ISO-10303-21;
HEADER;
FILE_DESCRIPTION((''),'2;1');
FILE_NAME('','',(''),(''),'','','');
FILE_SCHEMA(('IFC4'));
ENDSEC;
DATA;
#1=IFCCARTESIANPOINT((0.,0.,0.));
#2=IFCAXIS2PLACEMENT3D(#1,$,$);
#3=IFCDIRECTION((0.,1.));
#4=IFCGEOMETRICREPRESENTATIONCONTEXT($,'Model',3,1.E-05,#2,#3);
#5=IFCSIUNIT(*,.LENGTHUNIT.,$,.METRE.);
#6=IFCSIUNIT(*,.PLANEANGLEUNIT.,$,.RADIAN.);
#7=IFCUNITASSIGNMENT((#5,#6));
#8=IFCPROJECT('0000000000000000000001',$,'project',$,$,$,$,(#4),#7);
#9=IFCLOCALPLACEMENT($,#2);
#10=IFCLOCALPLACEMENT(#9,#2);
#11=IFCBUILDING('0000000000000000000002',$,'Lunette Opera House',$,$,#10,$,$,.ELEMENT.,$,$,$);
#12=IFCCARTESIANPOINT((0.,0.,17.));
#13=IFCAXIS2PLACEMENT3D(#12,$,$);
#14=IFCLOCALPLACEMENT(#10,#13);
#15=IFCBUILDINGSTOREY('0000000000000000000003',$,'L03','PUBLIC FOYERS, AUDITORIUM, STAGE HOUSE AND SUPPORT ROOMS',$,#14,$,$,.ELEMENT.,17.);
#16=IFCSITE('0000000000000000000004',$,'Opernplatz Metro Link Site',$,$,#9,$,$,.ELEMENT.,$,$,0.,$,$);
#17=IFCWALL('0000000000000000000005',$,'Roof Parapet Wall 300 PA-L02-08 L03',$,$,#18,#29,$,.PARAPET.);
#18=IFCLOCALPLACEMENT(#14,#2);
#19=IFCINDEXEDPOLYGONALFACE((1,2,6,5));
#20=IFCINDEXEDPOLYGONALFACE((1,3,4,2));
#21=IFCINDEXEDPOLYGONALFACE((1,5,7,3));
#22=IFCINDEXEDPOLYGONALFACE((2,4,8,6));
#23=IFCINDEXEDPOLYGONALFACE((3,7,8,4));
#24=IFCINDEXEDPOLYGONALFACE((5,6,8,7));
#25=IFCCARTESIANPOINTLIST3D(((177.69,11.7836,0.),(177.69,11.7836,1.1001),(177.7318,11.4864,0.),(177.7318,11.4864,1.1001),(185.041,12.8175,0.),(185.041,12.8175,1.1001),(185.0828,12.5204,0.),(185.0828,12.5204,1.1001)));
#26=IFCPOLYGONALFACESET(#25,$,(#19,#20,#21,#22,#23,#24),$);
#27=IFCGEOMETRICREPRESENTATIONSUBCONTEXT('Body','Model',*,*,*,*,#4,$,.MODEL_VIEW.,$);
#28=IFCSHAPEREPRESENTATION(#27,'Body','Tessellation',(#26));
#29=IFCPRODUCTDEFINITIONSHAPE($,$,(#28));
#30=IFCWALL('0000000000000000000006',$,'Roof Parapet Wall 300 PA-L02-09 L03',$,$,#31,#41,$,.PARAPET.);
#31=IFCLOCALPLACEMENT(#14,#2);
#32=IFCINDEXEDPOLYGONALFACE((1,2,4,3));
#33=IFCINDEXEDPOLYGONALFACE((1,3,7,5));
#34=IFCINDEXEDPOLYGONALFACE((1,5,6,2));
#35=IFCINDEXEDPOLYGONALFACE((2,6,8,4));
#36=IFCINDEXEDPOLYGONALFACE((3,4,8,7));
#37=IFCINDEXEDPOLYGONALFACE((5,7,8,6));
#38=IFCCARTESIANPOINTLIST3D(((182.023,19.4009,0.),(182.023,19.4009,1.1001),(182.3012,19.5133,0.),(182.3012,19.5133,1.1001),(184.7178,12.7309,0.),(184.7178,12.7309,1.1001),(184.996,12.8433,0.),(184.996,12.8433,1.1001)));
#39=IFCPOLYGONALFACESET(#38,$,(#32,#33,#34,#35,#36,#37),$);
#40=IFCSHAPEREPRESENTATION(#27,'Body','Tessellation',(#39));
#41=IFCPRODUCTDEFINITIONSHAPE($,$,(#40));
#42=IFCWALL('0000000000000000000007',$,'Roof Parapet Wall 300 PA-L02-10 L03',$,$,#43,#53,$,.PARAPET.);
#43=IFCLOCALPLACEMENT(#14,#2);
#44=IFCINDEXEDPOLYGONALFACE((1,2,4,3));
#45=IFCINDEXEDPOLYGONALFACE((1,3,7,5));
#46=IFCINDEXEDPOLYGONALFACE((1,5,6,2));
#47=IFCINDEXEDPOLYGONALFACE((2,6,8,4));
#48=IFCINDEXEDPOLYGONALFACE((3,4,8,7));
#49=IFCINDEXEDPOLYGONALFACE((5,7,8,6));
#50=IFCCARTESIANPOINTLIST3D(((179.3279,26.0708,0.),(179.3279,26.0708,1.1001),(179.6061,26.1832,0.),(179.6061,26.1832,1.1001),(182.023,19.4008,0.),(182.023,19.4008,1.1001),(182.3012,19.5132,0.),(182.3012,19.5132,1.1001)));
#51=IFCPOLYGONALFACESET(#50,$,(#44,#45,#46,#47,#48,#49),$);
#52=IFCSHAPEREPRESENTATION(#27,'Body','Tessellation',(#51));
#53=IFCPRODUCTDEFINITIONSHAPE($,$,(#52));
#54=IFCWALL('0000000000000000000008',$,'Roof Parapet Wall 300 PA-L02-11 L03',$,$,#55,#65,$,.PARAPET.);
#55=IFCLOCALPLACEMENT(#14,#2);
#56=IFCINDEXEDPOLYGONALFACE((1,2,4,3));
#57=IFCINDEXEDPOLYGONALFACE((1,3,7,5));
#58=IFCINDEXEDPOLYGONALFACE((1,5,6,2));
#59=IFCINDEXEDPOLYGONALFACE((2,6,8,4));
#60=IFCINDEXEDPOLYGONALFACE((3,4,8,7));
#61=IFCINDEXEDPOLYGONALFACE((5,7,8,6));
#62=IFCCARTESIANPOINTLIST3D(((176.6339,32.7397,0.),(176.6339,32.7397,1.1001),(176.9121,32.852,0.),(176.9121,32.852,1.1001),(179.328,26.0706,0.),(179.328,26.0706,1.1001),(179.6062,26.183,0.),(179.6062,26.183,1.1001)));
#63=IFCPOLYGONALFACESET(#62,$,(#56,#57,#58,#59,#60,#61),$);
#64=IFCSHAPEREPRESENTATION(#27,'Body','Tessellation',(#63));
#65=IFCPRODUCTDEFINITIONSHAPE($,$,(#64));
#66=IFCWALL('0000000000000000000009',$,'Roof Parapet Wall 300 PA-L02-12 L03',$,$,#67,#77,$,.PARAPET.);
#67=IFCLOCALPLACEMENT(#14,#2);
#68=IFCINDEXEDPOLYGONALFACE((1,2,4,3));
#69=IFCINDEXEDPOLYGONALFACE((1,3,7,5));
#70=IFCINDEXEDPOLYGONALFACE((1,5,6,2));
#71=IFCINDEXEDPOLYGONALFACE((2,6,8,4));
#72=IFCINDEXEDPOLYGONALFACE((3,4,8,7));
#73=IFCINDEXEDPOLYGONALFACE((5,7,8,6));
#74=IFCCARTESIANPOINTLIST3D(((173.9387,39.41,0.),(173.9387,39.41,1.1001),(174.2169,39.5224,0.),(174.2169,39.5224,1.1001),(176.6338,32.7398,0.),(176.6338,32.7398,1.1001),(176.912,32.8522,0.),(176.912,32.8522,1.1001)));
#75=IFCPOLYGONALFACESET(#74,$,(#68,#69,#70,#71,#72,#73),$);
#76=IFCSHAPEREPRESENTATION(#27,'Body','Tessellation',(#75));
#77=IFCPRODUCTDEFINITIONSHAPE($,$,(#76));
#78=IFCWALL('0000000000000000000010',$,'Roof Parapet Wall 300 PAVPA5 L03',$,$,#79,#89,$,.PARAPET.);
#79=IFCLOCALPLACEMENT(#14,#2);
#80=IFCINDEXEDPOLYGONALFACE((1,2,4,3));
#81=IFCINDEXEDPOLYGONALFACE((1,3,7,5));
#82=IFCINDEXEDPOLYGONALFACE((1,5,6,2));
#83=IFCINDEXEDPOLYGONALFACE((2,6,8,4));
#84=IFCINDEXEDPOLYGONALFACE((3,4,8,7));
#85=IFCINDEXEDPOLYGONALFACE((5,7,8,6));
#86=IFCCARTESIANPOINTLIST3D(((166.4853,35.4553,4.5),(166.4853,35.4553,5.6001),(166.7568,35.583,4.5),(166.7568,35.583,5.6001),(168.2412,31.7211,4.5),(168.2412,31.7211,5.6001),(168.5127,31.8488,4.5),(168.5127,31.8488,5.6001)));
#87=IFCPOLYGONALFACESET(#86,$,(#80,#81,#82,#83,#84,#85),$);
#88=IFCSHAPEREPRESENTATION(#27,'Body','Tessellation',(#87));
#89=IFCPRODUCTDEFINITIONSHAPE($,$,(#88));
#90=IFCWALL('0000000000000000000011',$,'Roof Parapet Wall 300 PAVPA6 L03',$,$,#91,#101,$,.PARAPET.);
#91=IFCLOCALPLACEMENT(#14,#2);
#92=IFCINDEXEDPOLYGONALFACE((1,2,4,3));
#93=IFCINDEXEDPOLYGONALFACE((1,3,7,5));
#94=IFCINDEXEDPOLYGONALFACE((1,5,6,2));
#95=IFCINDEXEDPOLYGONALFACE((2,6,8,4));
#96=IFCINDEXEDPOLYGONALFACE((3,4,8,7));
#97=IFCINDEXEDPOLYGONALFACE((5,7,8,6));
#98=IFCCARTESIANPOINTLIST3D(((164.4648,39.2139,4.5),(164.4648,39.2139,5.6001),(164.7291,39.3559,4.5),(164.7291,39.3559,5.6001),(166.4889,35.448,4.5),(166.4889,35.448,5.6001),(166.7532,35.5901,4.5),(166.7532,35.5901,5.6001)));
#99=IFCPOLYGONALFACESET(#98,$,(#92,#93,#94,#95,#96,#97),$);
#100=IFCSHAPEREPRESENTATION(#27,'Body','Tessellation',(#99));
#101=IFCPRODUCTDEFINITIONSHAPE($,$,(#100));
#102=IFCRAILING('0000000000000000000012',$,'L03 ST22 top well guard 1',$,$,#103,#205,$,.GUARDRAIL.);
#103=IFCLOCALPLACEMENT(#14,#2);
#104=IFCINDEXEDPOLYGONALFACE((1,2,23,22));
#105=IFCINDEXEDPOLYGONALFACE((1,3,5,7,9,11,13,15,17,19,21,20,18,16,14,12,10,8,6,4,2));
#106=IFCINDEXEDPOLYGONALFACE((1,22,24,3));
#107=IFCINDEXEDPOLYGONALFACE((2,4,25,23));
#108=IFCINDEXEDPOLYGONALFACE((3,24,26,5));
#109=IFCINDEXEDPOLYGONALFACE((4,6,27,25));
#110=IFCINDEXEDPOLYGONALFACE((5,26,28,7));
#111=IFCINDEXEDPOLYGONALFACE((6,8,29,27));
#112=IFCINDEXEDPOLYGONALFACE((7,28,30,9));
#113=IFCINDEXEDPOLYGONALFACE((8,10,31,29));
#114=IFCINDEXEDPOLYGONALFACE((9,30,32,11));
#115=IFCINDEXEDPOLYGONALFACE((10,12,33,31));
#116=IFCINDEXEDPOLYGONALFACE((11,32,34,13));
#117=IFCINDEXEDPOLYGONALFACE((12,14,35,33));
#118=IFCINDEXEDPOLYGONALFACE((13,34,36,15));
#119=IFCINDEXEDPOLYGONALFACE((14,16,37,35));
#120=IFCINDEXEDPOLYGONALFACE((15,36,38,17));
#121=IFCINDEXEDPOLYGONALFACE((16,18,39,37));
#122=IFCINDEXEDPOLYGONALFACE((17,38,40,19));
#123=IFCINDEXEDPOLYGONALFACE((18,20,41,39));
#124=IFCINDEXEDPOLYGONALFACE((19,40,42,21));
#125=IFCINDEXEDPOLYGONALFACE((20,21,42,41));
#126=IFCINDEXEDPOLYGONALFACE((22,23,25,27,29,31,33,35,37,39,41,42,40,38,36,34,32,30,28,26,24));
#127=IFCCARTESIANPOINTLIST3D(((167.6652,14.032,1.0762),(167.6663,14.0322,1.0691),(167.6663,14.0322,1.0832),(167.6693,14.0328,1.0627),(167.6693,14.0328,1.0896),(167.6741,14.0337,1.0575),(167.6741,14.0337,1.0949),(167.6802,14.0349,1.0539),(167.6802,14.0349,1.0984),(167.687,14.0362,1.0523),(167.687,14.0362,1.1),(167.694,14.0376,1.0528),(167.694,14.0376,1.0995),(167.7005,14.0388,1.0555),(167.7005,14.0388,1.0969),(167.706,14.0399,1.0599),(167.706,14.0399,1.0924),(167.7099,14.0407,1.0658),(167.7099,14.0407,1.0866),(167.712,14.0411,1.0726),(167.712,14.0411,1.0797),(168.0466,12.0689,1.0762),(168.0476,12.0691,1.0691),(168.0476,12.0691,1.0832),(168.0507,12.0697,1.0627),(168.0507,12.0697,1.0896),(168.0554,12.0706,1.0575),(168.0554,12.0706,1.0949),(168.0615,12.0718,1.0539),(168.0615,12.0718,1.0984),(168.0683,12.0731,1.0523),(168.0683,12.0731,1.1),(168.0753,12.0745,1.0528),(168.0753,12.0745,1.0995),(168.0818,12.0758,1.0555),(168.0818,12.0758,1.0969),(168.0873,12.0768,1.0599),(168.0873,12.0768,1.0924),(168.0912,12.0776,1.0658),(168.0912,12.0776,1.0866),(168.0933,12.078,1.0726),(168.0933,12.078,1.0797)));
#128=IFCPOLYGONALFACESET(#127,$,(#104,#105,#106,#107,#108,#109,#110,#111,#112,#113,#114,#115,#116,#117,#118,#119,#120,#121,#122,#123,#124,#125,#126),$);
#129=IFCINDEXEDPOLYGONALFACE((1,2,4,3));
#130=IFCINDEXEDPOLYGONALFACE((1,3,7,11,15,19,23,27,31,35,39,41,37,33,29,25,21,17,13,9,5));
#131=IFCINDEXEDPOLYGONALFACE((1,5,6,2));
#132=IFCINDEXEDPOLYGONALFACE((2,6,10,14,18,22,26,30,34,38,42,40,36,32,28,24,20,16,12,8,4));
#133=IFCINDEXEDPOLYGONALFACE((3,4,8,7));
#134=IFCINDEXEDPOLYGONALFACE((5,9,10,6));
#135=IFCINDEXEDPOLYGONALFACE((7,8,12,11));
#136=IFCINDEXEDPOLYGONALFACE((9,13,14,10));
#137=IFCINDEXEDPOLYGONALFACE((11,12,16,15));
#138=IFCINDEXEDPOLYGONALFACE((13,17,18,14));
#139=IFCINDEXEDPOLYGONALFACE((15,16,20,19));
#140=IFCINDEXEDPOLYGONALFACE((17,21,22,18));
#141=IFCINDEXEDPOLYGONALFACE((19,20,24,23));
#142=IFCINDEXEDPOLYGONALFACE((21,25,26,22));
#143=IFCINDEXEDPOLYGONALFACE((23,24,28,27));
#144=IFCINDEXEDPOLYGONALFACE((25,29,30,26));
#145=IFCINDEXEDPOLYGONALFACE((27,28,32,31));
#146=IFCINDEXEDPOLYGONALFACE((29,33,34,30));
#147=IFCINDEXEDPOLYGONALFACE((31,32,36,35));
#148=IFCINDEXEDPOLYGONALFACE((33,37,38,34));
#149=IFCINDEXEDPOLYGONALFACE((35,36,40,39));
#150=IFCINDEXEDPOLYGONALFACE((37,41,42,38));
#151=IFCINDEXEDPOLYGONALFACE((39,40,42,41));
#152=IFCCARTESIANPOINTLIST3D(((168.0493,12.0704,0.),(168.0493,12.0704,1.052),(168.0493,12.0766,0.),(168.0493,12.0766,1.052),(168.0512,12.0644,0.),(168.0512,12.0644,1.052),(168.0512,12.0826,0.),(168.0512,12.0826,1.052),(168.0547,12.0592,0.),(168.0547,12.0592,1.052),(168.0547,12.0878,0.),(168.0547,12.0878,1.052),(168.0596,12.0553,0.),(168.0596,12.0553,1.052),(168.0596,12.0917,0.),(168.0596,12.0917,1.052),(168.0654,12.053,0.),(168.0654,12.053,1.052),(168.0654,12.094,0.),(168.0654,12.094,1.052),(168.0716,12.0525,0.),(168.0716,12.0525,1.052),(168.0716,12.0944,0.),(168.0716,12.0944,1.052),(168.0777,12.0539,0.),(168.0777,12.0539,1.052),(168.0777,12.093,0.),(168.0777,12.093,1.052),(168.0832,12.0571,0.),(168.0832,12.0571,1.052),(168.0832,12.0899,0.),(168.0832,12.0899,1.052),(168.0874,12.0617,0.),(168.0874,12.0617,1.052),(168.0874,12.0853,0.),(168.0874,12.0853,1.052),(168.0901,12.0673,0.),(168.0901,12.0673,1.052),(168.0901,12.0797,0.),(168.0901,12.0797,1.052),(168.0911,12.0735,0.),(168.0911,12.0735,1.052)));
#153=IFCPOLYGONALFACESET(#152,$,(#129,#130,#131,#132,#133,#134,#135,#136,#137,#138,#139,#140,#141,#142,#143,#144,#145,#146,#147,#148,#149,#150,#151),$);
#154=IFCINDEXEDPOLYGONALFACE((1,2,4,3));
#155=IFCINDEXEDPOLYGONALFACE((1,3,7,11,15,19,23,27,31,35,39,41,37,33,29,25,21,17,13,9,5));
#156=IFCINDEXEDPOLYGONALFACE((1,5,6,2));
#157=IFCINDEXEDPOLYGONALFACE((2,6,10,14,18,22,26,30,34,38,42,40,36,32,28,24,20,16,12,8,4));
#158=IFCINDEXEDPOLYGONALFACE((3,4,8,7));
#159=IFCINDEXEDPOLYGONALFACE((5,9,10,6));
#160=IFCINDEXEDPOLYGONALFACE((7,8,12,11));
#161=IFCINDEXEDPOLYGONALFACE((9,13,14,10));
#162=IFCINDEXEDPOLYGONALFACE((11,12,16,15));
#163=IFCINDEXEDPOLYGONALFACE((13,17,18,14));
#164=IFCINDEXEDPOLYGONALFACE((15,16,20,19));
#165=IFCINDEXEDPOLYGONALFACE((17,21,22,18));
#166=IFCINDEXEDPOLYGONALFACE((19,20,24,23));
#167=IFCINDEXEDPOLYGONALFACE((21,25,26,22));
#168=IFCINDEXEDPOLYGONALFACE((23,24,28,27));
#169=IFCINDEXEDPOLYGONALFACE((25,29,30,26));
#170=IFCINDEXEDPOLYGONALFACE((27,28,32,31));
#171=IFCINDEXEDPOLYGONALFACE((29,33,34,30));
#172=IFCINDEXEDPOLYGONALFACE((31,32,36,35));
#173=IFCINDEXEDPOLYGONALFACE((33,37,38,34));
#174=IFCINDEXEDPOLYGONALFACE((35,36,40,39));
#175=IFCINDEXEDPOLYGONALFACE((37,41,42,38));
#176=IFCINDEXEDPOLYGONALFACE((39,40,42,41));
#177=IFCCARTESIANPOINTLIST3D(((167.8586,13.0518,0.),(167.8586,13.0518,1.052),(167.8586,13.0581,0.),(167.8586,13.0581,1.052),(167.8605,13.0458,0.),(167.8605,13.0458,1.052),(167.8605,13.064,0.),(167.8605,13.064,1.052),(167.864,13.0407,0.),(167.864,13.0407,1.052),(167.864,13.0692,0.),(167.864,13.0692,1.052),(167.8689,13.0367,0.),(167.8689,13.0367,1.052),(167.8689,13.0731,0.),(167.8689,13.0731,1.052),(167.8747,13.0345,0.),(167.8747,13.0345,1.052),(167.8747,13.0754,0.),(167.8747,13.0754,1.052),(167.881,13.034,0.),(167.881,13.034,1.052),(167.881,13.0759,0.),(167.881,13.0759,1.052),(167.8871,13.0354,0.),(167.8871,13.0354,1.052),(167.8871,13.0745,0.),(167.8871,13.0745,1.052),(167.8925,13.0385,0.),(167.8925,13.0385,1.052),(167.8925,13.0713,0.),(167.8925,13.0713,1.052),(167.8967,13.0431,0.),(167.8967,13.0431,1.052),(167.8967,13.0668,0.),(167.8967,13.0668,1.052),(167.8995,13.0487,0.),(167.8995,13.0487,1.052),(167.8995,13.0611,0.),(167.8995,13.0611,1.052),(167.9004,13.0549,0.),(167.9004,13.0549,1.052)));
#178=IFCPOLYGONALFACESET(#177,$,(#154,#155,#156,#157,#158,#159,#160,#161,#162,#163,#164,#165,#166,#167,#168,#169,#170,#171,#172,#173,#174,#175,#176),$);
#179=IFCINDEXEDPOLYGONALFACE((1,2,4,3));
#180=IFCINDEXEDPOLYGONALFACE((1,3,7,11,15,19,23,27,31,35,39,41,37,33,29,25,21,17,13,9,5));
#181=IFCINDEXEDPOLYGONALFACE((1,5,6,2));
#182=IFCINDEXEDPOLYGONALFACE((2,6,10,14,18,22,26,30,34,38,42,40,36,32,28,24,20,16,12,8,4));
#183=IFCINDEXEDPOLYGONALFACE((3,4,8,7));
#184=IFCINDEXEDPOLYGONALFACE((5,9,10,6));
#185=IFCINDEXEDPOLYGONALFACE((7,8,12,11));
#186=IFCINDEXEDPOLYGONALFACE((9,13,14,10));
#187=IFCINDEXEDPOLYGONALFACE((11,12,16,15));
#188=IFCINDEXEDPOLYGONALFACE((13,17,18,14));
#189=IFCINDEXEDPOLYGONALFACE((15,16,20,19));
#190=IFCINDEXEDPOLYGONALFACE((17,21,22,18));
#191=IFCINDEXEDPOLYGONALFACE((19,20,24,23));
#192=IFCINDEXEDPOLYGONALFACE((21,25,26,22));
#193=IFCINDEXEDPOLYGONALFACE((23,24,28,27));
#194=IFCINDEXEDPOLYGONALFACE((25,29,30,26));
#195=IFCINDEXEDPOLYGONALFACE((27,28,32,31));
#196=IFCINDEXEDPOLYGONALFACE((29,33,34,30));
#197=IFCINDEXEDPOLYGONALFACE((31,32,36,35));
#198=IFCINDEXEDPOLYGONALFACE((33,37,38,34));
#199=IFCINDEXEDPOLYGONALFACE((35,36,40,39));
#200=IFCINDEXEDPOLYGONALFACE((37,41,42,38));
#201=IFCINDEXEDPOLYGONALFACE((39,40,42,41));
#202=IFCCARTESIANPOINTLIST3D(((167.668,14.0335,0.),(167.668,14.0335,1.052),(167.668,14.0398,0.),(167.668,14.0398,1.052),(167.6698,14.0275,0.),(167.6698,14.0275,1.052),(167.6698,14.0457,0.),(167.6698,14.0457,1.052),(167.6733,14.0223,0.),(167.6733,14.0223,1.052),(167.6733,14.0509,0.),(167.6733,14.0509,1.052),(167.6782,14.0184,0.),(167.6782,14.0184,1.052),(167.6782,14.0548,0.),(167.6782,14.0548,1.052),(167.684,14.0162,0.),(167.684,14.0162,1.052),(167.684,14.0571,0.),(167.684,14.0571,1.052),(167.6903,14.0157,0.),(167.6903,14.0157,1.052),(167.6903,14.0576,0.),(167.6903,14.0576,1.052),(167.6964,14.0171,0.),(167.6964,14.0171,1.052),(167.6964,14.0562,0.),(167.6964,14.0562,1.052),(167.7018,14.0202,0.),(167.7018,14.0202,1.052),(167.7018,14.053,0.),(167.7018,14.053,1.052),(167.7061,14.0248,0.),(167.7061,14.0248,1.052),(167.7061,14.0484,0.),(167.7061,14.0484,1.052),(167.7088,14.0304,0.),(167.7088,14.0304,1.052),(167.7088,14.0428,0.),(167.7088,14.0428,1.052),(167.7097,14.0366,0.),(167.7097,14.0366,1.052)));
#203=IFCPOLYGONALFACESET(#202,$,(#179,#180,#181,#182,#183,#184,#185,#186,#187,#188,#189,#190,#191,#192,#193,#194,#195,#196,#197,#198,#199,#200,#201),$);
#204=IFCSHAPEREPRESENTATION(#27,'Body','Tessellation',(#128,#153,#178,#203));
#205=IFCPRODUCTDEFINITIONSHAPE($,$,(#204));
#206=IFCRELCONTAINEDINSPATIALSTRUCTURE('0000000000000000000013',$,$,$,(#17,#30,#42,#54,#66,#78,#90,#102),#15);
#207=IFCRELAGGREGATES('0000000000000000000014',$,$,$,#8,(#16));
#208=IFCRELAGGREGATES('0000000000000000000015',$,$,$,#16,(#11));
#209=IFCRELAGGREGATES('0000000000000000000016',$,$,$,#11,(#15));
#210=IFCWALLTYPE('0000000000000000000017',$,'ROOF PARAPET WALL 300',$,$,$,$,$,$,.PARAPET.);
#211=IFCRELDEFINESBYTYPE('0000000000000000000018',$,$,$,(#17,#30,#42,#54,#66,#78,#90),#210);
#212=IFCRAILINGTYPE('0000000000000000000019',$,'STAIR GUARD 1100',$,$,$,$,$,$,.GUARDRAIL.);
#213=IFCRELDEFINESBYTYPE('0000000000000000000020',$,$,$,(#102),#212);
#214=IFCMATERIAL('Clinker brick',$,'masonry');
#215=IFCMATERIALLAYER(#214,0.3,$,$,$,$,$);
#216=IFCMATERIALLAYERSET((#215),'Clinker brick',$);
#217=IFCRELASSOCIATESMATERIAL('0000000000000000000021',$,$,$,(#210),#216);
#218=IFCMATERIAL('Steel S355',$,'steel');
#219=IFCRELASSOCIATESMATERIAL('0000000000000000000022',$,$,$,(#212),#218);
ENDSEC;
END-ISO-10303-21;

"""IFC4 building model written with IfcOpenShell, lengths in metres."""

from ifc_helpers import new_model, si_unit, direction, frame, frame_2d, origin, origin_2d, place, context, subcontext, project, spatial, rectangle, circle, extrude, material, layer, layer_set, type_object, element, save


model = new_model("IFC4")

# Units and contexts
model_context = context("Model", 3, precision=1e-05, world=origin(), true_north=direction((0.0, 1.0)))
body_context = subcontext(model_context, "Body", "Model", "MODEL_VIEW")
ifc_project = project(units=[si_unit("LENGTHUNIT", "METRE"), si_unit("PLANEANGLEUNIT", "RADIAN")], contexts=[model_context])

# Site, building, storey
site_placement = place(None, origin())
site = spatial("IfcSite", under=ifc_project, at=site_placement, Name="Opernplatz Metro Link Site", CompositionType="ELEMENT", RefElevation=0.0)
building_placement = place(site_placement, origin())
building = spatial("IfcBuilding", under=site, at=building_placement, Name="Lunette Opera House", CompositionType="ELEMENT")
storey_placement = place(building_placement, frame((0.0, 0.0, 17.0)))
storey = spatial("IfcBuildingStorey", under=building, at=storey_placement, Name="L03", Description="PUBLIC FOYERS, AUDITORIUM, STAGE HOUSE AND SUPPORT ROOMS", CompositionType="ELEMENT", Elevation=17.0)

# Walls
ifc_material_1 = material(Name="Clinker brick", Category="masonry")
ifc_layer_1 = layer(ifc_material_1, 0.3)
ifc_layer_set_1 = layer_set([ifc_layer_1], Name="Clinker brick")
wall_type_1 = type_object("IfcWallType", Name="ROOF PARAPET WALL 300", PredefinedType="PARAPET", material=ifc_layer_set_1)
wall_1_placement = place(storey_placement, frame((177.7109, 11.635, 0.0), z_axis=(0.0, 0.0, 1.0), x_axis=(0.990253, 0.13928, 0.0)))
element("IfcWall", 1, at=wall_1_placement, inside=storey, type_object=wall_type_1, Name="Roof Parapet Wall 300 PA-L02-08 L03", PredefinedType="PARAPET", context=body_context, shape_type="SweptSolid", body=[
    extrude(rectangle(XDim=7.4233, YDim=0.3, at=frame_2d((3.7117, 0.0))), origin(), (0.0, 0.0, 1.0), 1.1001),
])
for number, where, z_axis, x_axis, name in (
    (2, (184.8569, 12.7871, 0.0), (0.0, 0.0, 1.0), (-0.374607, 0.927184, 0.0), "Roof Parapet Wall 300 PA-L02-09 L03"),
    (3, (182.1621, 19.457, 0.0), (0.0, 0.0, 1.0), (-0.374636, 0.927172, 0.0), "Roof Parapet Wall 300 PA-L02-10 L03"),
):
    element("IfcWall", number, at=place(storey_placement, frame(where, z_axis=z_axis, x_axis=x_axis)), inside=storey, type_object=wall_type_1, Name=name, PredefinedType="PARAPET", context=body_context, shape_type="SweptSolid", body=[
        extrude(rectangle(XDim=7.1938, YDim=0.3, at=frame_2d((3.5969, 0.0))), origin(), (0.0, 0.0, 1.0), 1.1001),
    ])
wall_2_placement = place(storey_placement, frame((179.467, 26.127, 0.0), z_axis=(0.0, 0.0, 1.0), x_axis=(-0.374566, 0.9272, 0.0)))
element("IfcWall", 4, at=wall_2_placement, inside=storey, type_object=wall_type_1, Name="Roof Parapet Wall 300 PA-L02-11 L03", PredefinedType="PARAPET", context=body_context, shape_type="SweptSolid", body=[
    extrude(rectangle(XDim=7.1926, YDim=0.3, at=frame_2d((3.5962, 0.0))), origin(), (0.0, 0.0, 1.0), 1.1001),
])
wall_3_placement = place(storey_placement, frame((176.7729, 32.7959, 0.0), z_axis=(0.0, 0.0, 1.0), x_axis=(-0.374624, 0.927177, 0.0)))
element("IfcWall", 5, at=wall_3_placement, inside=storey, type_object=wall_type_1, Name="Roof Parapet Wall 300 PA-L02-12 L03", PredefinedType="PARAPET", context=body_context, shape_type="SweptSolid", body=[
    extrude(rectangle(XDim=7.1941, YDim=0.3, at=frame_2d((3.5972, 0.0))), origin(), (0.0, 0.0, 1.0), 1.1001),
])
wall_4_placement = place(storey_placement, frame((168.377, 31.7849, 4.5), z_axis=(0.0, 0.0, 1.0), x_axis=(-0.425523, 0.904947, 0.0)))
element("IfcWall", 6, at=wall_4_placement, inside=storey, type_object=wall_type_1, Name="Roof Parapet Wall 300 PAVPA5 L03", PredefinedType="PARAPET", context=body_context, shape_type="SweptSolid", body=[
    extrude(rectangle(XDim=4.1265, YDim=0.3, at=frame_2d((2.0632, 0.0))), origin(), (0.0, 0.0, 1.0), 1.1001),
])
wall_5_placement = place(storey_placement, frame((166.6211, 35.519, 4.5), z_axis=(0.0, 0.0, 1.0), x_axis=(-0.473446, 0.880823, 0.0)))
element("IfcWall", 7, at=wall_5_placement, inside=storey, type_object=wall_type_1, Name="Roof Parapet Wall 300 PAVPA6 L03", PredefinedType="PARAPET", context=body_context, shape_type="SweptSolid", body=[
    extrude(rectangle(XDim=4.2754, YDim=0.3, at=frame_2d((2.1377, 0.0))), origin(), (0.0, 0.0, 1.0), 1.1001),
])

# Railing
ifc_material_2 = material(Name="Steel S355", Category="steel")
railing_type = type_object("IfcRailingType", Name="STAIR GUARD 1100", PredefinedType="GUARDRAIL", material=ifc_material_2)
railing_placement = place(storey_placement, frame((168.0701, 12.0735, 0.0)))
element("IfcRailing", 8, at=railing_placement, inside=storey, type_object=railing_type, Name="L03 ST22 top well guard 1", PredefinedType="GUARDRAIL", context=body_context, shape_type="SweptSolid", body=[
    extrude(circle(Radius=0.0239, at=origin_2d()), frame((0.0, 0.0, 1.0762), z_axis=(-0.19069, 0.98165, 0.0), x_axis=(-0.98165, -0.19069, 0.0)), (0.0, 0.0, 1.0), 1.9998),
    extrude(circle(Radius=0.021, at=origin_2d()), origin(), (0.0, 0.0, 1.0), 1.052),
    extrude(circle(Radius=0.021, at=origin_2d()), frame((-0.1907, 0.9814, 0.0)), (0.0, 0.0, 1.0), 1.052),
    extrude(circle(Radius=0.021, at=origin_2d()), frame((-0.3813, 1.9631, 0.0)), (0.0, 0.0, 1.0), 1.052),
])

save(model, "model.ifc")
